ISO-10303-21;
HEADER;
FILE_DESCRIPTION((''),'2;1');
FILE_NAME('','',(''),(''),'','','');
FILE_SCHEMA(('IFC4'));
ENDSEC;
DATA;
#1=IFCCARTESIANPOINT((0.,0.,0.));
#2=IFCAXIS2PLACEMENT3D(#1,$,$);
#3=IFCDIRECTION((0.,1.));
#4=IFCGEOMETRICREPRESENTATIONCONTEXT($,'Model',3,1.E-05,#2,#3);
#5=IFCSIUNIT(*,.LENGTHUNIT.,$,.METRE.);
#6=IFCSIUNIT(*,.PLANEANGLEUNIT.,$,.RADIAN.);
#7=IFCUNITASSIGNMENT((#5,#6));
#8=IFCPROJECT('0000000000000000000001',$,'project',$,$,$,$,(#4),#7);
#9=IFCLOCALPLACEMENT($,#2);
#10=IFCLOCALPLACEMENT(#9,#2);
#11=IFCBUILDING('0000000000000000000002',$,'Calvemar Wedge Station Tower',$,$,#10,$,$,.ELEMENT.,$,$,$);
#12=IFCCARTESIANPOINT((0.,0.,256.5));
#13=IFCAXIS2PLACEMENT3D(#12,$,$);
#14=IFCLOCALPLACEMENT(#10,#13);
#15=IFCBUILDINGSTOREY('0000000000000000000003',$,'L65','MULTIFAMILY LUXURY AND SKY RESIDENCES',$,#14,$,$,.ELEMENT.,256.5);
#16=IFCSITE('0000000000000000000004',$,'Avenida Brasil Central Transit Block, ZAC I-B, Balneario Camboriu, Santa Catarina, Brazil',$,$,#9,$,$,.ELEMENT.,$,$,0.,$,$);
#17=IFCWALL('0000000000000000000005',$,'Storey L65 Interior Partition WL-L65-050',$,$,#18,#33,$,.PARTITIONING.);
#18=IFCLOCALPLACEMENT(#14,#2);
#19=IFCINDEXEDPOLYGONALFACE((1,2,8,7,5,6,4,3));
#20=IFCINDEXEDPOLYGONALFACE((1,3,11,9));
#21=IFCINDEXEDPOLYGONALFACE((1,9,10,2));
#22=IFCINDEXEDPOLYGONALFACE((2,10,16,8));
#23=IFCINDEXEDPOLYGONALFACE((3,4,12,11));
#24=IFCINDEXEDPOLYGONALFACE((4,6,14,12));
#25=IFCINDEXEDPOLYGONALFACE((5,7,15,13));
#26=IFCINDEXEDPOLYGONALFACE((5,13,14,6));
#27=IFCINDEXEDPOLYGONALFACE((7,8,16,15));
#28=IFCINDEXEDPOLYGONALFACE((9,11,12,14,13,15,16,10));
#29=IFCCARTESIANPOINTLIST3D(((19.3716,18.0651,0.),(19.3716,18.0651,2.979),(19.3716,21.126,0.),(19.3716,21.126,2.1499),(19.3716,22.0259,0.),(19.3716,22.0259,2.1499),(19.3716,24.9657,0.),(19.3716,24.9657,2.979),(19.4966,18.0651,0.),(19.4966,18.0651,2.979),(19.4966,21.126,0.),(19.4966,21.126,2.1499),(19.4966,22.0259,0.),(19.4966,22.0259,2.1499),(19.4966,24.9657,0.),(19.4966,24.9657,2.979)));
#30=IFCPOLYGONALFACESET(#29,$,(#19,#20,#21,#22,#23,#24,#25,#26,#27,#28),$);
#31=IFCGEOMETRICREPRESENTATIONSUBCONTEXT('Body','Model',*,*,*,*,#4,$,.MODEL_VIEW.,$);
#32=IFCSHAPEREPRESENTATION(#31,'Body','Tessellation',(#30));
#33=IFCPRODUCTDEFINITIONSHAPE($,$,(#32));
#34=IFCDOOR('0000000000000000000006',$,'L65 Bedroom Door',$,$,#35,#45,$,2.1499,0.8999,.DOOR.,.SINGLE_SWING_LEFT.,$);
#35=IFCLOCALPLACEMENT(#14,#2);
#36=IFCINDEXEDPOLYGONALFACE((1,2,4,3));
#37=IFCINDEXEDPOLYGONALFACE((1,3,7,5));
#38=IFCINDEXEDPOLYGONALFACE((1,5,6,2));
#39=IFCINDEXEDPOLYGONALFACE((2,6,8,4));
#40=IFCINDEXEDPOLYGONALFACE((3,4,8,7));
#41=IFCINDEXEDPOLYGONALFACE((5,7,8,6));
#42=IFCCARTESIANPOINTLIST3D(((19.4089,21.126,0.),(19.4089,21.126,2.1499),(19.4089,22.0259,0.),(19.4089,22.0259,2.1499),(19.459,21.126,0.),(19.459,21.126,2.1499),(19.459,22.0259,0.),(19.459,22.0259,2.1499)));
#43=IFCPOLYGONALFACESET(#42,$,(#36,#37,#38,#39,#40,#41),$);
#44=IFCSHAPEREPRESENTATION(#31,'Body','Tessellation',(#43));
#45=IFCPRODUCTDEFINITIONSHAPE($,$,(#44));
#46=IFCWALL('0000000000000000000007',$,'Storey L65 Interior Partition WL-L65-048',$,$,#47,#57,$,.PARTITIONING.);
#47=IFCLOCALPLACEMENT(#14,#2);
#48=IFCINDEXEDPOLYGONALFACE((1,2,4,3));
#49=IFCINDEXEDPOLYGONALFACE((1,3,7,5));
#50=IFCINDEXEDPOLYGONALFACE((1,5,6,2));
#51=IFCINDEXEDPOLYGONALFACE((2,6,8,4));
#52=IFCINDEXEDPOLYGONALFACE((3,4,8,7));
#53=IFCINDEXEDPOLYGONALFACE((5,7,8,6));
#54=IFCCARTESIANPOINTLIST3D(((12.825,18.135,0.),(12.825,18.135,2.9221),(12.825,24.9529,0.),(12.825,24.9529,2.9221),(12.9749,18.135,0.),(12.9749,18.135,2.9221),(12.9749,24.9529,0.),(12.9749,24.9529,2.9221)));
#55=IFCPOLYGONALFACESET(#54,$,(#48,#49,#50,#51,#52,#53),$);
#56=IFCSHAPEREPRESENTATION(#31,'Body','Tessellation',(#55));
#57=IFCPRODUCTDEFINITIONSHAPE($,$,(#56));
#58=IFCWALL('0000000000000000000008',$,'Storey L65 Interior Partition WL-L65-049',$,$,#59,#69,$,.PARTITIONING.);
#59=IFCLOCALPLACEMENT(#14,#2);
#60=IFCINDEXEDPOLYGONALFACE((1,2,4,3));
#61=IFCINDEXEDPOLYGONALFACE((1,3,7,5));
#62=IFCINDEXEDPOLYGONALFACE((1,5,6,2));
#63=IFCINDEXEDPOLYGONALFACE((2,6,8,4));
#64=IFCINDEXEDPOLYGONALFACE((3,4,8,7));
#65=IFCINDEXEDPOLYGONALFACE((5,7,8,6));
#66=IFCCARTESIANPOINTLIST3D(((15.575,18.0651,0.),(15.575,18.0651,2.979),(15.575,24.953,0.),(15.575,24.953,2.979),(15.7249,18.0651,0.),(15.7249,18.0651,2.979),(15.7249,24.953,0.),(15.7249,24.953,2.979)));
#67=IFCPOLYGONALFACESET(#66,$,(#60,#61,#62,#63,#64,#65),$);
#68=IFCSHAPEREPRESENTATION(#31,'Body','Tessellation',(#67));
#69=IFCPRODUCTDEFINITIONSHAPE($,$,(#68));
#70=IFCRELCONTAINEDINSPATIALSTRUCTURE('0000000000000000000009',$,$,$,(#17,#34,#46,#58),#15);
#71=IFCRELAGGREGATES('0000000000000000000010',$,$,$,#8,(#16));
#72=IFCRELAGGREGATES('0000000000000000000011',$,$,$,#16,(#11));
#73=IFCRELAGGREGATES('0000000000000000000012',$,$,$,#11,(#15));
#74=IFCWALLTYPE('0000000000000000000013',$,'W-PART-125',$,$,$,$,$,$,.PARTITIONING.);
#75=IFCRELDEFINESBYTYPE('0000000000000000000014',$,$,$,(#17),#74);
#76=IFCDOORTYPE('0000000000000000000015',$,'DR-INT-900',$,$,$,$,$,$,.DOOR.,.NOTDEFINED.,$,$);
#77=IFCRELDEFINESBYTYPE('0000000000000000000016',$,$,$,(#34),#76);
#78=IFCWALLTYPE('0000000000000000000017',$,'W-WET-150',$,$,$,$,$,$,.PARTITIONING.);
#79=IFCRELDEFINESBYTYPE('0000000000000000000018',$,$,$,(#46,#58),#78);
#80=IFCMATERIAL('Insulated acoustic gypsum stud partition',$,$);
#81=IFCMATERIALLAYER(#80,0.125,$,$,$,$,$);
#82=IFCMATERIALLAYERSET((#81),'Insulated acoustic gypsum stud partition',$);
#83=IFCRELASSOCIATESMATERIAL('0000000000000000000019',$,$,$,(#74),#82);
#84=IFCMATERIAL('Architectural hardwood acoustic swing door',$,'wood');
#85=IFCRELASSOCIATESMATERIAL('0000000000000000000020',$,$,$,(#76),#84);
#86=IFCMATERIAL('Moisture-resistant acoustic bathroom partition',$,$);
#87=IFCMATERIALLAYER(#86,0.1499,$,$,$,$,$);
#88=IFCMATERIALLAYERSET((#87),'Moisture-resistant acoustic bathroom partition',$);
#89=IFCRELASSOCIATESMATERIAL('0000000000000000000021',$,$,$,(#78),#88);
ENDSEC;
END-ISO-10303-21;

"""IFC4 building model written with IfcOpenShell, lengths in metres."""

from ifc_helpers import new_model, si_unit, direction, frame, frame_2d, origin, place, context, subcontext, project, spatial, rectangle, extrude, source, transform, mapped, material, layer, layer_set, type_object, element, fill, save


model = new_model("IFC4")

# Units and contexts
model_context = context("Model", 3, precision=1e-05, world=origin(), true_north=direction((0.0, 1.0)))
body_context = subcontext(model_context, "Body", "Model", "MODEL_VIEW")
ifc_project = project(units=[si_unit("LENGTHUNIT", "METRE"), si_unit("PLANEANGLEUNIT", "RADIAN")], contexts=[model_context])

# Site, building, storey
site_placement = place(None, origin())
site = spatial("IfcSite", under=ifc_project, at=site_placement, Name="Avenida Brasil Central Transit Block, ZAC I-B, Balneario Camboriu, Santa Catarina, Brazil", CompositionType="ELEMENT", RefElevation=0.0)
building_placement = place(site_placement, origin())
building = spatial("IfcBuilding", under=site, at=building_placement, Name="Calvemar Wedge Station Tower", CompositionType="ELEMENT")
storey_placement = place(building_placement, frame((0.0, 0.0, 256.5)))
storey = spatial("IfcBuildingStorey", under=building, at=storey_placement, Name="L65", Description="MULTIFAMILY LUXURY AND SKY RESIDENCES", CompositionType="ELEMENT", Elevation=256.5)

# Shared definitions
ifc_material_1 = material(Name="Insulated acoustic gypsum stud partition")
ifc_layer_1 = layer(ifc_material_1, 0.125)
ifc_layer_set_1 = layer_set([ifc_layer_1], Name="Insulated acoustic gypsum stud partition")
wall_type_1 = type_object("IfcWallType", Name="W-PART-125", PredefinedType="PARTITIONING", material=ifc_layer_set_1)
shared_shape_1 = source(origin(), body_context, "Body", "SweptSolid", [
    extrude(rectangle(XDim=0.8999, YDim=2.1499, at=frame_2d((0.45, 1.075))), frame((0.0, 0.0725, 0.0), z_axis=(0.0, -1.0, 0.0), x_axis=(1.0, 0.0, 0.0)), (0.0, 0.0, 1.0), 0.145),
])
ifc_material_2 = material(Name="Architectural hardwood acoustic swing door", Category="wood")
door_type_1 = type_object("IfcDoorType", Name="DR-INT-900", OperationType="NOTDEFINED", PredefinedType="DOOR", material=ifc_material_2)
shared_shape_2 = source(origin(), body_context, "Body", "SweptSolid", [
    extrude(rectangle(XDim=0.8999, YDim=2.1499, at=frame_2d((0.45, 1.075))), frame((0.0, 0.0249, 0.0), z_axis=(0.0, -1.0, 0.0), x_axis=(1.0, 0.0, 0.0)), (0.0, 0.0, 1.0), 0.05),
])

# Wall, opening, door
wall_1_placement = place(storey_placement, frame((19.4341, 24.9656, 0.0), z_axis=(0.0, 0.0, 1.0), x_axis=(0.0, -1.0, 0.0)))
wall_1 = element("IfcWall", 1, at=wall_1_placement, inside=storey, type_object=wall_type_1, Name="Storey L65 Interior Partition WL-L65-050", PredefinedType="PARTITIONING", context=body_context, shape_type="SweptSolid", body=[
    extrude(rectangle(XDim=6.9006, YDim=0.125, at=frame_2d((3.4502, 0.0))), origin(), (0.0, 0.0, 1.0), 2.979),
])
opening_1_placement = place(wall_1_placement, frame((2.9397, 0.0, 0.0)))
opening_1 = element("IfcOpeningElement", 2, at=opening_1_placement, cuts=wall_1, PredefinedType="OPENING", context=body_context, shape_type="MappedRepresentation", body=[
    mapped(shared_shape_1, transform((0.0, 0.0, 0.0), scale=1.0)),
])
door_1_placement = place(opening_1_placement, origin())
door_1 = element("IfcDoor", 3, at=door_1_placement, inside=storey, type_object=door_type_1, Name="L65 Bedroom Door", OperationType="SINGLE_SWING_LEFT", OverallHeight=2.1499, OverallWidth=0.8999, PredefinedType="DOOR", context=body_context, shape_type="MappedRepresentation", body=[
    mapped(shared_shape_2, transform((0.0, 0.0, 0.0), scale=1.0)),
])
fill(opening_1, door_1)
ifc_material_3 = material(Name="Moisture-resistant acoustic bathroom partition")
ifc_layer_2 = layer(ifc_material_3, 0.1499)
ifc_layer_set_2 = layer_set([ifc_layer_2], Name="Moisture-resistant acoustic bathroom partition")
wall_type_2 = type_object("IfcWallType", Name="W-WET-150", PredefinedType="PARTITIONING", material=ifc_layer_set_2)

# Walls
wall_2_placement = place(storey_placement, frame((12.8999, 18.135, 0.0), z_axis=(0.0, 0.0, 1.0), x_axis=(0.0, 1.0, 0.0)))
element("IfcWall", 4, at=wall_2_placement, inside=storey, type_object=wall_type_2, Name="Storey L65 Interior Partition WL-L65-048", PredefinedType="PARTITIONING", context=body_context, shape_type="SweptSolid", body=[
    extrude(rectangle(XDim=6.8179, YDim=0.1499, at=frame_2d((3.4089, 0.0))), origin(), (0.0, 0.0, 1.0), 2.9221),
])
wall_3_placement = place(storey_placement, frame((15.6499, 24.9529, 0.0), z_axis=(0.0, 0.0, 1.0), x_axis=(0.0, -1.0, 0.0)))
element("IfcWall", 5, at=wall_3_placement, inside=storey, type_object=wall_type_2, Name="Storey L65 Interior Partition WL-L65-049", PredefinedType="PARTITIONING", context=body_context, shape_type="SweptSolid", body=[
    extrude(rectangle(XDim=6.8879, YDim=0.1499, at=frame_2d((3.4438, 0.0))), origin(), (0.0, 0.0, 1.0), 2.979),
])

save(model, "model.ifc")
